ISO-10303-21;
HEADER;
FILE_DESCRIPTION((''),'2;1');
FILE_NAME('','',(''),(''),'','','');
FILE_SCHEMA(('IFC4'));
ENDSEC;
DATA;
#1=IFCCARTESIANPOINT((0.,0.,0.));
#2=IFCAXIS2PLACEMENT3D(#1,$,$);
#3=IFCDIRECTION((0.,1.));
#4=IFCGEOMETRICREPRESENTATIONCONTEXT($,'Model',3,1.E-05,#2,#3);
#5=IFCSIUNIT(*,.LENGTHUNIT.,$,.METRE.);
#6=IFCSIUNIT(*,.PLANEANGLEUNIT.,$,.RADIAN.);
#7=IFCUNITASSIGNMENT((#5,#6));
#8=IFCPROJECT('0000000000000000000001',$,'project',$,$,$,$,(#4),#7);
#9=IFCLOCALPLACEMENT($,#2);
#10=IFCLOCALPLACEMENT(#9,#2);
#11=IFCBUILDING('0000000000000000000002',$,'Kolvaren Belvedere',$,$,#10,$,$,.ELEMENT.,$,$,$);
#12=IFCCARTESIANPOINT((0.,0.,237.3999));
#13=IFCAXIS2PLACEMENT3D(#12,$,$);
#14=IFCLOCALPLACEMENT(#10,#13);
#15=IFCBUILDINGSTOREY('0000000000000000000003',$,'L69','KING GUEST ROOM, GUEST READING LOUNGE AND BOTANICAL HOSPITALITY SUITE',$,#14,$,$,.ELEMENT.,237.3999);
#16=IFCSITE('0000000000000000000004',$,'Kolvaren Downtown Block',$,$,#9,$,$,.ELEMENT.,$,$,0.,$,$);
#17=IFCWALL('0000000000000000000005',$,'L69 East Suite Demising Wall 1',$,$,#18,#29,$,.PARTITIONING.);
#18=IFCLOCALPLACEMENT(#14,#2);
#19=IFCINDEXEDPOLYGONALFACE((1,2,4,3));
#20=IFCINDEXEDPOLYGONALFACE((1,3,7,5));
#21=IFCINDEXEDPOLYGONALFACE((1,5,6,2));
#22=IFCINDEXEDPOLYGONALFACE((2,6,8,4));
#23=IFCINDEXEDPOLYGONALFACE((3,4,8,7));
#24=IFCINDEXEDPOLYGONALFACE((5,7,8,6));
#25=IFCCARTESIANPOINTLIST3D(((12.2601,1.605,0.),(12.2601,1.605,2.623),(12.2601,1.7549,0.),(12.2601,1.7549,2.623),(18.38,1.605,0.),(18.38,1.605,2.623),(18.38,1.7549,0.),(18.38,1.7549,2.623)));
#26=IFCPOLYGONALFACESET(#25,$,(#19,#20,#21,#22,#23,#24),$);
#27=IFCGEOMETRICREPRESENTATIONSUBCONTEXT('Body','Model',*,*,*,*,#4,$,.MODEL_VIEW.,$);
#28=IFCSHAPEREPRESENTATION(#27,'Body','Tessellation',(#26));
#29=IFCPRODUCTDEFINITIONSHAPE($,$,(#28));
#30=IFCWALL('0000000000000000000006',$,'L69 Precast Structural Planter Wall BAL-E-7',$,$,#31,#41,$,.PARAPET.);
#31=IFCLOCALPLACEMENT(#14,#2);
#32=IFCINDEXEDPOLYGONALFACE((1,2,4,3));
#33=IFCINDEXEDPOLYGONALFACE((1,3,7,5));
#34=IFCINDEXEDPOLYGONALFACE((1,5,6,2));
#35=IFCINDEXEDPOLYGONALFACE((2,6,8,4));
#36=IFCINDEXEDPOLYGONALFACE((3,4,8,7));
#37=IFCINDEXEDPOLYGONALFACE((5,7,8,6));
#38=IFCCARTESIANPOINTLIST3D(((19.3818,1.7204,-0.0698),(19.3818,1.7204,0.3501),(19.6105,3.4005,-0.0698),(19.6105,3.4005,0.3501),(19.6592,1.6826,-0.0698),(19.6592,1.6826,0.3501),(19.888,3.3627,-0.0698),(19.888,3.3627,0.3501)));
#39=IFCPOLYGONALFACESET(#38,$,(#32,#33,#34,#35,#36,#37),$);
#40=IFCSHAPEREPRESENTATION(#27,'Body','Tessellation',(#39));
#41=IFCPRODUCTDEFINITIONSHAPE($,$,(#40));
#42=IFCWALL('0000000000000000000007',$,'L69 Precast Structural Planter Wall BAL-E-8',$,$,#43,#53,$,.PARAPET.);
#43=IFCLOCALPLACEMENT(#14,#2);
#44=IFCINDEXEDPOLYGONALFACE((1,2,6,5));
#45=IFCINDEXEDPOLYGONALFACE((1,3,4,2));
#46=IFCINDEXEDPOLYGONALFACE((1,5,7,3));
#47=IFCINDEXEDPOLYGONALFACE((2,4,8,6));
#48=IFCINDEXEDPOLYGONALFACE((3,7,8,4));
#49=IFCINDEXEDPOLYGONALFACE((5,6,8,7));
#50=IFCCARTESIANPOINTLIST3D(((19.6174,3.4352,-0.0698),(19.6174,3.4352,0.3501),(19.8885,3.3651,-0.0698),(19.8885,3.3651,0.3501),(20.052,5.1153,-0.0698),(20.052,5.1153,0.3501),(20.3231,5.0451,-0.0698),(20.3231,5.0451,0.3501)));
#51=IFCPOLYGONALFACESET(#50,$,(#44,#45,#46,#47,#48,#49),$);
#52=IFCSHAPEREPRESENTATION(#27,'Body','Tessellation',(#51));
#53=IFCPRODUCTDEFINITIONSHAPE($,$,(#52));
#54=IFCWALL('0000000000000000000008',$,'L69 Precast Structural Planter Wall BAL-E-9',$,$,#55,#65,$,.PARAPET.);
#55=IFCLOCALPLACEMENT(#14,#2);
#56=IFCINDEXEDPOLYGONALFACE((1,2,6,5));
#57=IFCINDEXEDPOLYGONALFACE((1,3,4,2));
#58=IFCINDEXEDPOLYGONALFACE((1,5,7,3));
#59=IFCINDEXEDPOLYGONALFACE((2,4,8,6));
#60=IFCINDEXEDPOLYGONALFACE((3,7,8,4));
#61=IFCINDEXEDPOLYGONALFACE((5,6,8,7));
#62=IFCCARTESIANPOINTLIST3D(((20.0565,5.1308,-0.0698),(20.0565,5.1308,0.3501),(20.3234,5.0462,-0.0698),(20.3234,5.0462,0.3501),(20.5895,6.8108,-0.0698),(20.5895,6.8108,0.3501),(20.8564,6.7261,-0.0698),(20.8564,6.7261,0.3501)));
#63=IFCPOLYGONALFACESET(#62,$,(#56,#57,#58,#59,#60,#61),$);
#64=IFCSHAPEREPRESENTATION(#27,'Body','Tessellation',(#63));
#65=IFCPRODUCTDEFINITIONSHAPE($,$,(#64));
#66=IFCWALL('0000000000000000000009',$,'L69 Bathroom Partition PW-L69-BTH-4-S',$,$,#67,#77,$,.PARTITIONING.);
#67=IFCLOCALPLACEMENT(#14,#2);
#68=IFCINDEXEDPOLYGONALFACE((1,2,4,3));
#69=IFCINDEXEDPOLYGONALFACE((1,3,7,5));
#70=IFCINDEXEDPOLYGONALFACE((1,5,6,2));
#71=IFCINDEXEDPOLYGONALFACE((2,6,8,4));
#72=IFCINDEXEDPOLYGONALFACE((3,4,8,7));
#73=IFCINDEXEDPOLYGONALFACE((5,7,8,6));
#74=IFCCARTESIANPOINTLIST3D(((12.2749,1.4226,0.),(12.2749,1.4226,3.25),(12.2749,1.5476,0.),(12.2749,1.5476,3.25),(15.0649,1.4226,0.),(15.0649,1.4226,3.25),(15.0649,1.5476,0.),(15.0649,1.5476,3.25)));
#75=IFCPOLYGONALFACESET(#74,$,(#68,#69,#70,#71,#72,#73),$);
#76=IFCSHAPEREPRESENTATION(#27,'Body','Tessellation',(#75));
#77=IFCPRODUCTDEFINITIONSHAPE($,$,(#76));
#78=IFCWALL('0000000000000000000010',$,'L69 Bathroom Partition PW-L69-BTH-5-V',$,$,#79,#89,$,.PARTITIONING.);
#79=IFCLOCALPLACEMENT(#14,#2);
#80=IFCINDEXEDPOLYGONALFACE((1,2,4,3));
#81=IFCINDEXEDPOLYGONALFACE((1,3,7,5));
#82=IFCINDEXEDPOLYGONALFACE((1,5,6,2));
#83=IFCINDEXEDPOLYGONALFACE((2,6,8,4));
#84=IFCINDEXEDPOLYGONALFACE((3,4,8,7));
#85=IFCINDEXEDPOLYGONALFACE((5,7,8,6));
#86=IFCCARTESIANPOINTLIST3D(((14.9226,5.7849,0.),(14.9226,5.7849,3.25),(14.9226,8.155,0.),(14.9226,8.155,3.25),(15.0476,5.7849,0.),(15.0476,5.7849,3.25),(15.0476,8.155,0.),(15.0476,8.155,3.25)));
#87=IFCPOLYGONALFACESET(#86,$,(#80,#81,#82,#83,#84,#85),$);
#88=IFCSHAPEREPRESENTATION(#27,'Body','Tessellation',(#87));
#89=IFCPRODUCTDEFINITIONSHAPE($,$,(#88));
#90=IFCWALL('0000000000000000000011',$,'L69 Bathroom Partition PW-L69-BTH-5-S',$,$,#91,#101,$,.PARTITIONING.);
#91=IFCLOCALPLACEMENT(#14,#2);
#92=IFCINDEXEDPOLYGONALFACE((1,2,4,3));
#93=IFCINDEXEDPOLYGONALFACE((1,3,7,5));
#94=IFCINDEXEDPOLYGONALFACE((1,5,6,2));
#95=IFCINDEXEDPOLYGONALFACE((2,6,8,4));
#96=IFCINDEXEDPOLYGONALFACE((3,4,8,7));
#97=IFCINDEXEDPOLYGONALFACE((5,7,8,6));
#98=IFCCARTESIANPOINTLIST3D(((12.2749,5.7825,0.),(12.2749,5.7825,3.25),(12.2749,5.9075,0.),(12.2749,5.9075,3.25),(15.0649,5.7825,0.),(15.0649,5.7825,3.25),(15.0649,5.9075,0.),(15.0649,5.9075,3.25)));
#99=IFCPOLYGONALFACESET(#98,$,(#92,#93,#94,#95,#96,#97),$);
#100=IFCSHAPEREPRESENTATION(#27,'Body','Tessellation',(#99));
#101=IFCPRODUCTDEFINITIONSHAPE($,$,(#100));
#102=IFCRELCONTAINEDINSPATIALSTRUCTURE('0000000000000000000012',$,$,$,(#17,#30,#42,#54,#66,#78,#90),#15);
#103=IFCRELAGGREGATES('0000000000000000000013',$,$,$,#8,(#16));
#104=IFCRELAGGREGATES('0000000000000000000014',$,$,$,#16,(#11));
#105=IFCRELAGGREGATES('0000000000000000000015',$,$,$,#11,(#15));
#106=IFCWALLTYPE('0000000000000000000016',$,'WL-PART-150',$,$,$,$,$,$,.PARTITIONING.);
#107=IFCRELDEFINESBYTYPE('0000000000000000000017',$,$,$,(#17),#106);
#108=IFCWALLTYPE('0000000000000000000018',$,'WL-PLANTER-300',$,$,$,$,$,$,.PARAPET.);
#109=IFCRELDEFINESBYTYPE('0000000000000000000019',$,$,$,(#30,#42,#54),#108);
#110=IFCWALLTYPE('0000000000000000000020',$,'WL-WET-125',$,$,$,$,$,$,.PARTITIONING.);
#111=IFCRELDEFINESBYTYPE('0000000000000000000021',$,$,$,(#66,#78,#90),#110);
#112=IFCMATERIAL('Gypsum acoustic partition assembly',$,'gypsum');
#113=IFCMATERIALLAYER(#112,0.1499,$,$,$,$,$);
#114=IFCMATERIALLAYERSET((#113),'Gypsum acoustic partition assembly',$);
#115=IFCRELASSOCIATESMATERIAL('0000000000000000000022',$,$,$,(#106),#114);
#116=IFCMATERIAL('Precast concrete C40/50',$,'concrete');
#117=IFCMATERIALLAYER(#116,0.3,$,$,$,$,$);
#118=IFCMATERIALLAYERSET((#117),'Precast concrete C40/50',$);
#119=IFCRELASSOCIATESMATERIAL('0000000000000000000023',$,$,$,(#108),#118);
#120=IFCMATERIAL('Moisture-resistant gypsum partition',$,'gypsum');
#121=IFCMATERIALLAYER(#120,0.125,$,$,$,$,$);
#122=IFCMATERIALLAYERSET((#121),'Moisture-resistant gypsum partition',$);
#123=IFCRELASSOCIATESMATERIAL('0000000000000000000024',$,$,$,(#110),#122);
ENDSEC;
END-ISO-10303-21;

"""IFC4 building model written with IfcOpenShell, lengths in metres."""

from ifc_helpers import new_model, si_unit, direction, frame, frame_2d, origin, place, context, subcontext, project, spatial, rectangle, extrude, material, layer, layer_set, type_object, element, save


model = new_model("IFC4")

# Units and contexts
model_context = context("Model", 3, precision=1e-05, world=origin(), true_north=direction((0.0, 1.0)))
body_context = subcontext(model_context, "Body", "Model", "MODEL_VIEW")
ifc_project = project(units=[si_unit("LENGTHUNIT", "METRE"), si_unit("PLANEANGLEUNIT", "RADIAN")], contexts=[model_context])

# Site, building, storey
site_placement = place(None, origin())
site = spatial("IfcSite", under=ifc_project, at=site_placement, Name="Kolvaren Downtown Block", CompositionType="ELEMENT", RefElevation=0.0)
building_placement = place(site_placement, origin())
building = spatial("IfcBuilding", under=site, at=building_placement, Name="Kolvaren Belvedere", CompositionType="ELEMENT")
storey_placement = place(building_placement, frame((0.0, 0.0, 237.3999)))
storey = spatial("IfcBuildingStorey", under=building, at=storey_placement, Name="L69", Description="KING GUEST ROOM, GUEST READING LOUNGE AND BOTANICAL HOSPITALITY SUITE", CompositionType="ELEMENT", Elevation=237.3999)

# Walls
ifc_material_1 = material(Name="Gypsum acoustic partition assembly", Category="gypsum")
ifc_layer_1 = layer(ifc_material_1, 0.1499)
ifc_layer_set_1 = layer_set([ifc_layer_1], Name="Gypsum acoustic partition assembly")
wall_type_1 = type_object("IfcWallType", Name="WL-PART-150", PredefinedType="PARTITIONING", material=ifc_layer_set_1)
wall_1_placement = place(storey_placement, frame((12.26, 1.6799, 0.0), z_axis=(0.0, 0.0, 1.0), x_axis=(1.0, 0.0, 0.0)))
element("IfcWall", 1, at=wall_1_placement, inside=storey, type_object=wall_type_1, Name="L69 East Suite Demising Wall 1", PredefinedType="PARTITIONING", context=body_context, shape_type="SweptSolid", body=[
    extrude(rectangle(XDim=6.1199, YDim=0.1499, at=frame_2d((3.0601, 0.0))), origin(), (0.0, 0.0, 1.0), 2.623),
])
ifc_material_2 = material(Name="Precast concrete C40/50", Category="concrete")
ifc_layer_2 = layer(ifc_material_2, 0.3)
ifc_layer_set_2 = layer_set([ifc_layer_2], Name="Precast concrete C40/50")
wall_type_2 = type_object("IfcWallType", Name="WL-PLANTER-300", PredefinedType="PARAPET", material=ifc_layer_set_2)
wall_2_placement = place(storey_placement, frame((19.5205, 1.7017, -0.0698), z_axis=(0.0, 0.0, 1.0), x_axis=(0.134927, 0.990856, 0.0)))
element("IfcWall", 2, at=wall_2_placement, inside=storey, type_object=wall_type_2, Name="L69 Precast Structural Planter Wall BAL-E-7", PredefinedType="PARAPET", context=body_context, shape_type="SweptSolid", body=[
    extrude(rectangle(XDim=1.6956, YDim=0.28, at=frame_2d((0.8477, 0.0))), origin(), (0.0, 0.0, 1.0), 0.4199),
])
wall_3_placement = place(storey_placement, frame((19.7529, 3.4001, -0.0698), z_axis=(0.0, 0.0, 1.0), x_axis=(0.25044, 0.968132, 0.0)))
element("IfcWall", 3, at=wall_3_placement, inside=storey, type_object=wall_type_2, Name="L69 Precast Structural Planter Wall BAL-E-8", PredefinedType="PARAPET", context=body_context, shape_type="SweptSolid", body=[
    extrude(rectangle(XDim=1.7354, YDim=0.28, at=frame_2d((0.8677, 0.0))), origin(), (0.0, 0.0, 1.0), 0.4199),
])
wall_4_placement = place(storey_placement, frame((20.1899, 5.0884, -0.0698), z_axis=(0.0, 0.0, 1.0), x_axis=(0.302397, 0.953182, 0.0)))
element("IfcWall", 4, at=wall_4_placement, inside=storey, type_object=wall_type_2, Name="L69 Precast Structural Planter Wall BAL-E-9", PredefinedType="PARAPET", context=body_context, shape_type="SweptSolid", body=[
    extrude(rectangle(XDim=1.7625, YDim=0.28, at=frame_2d((0.8813, 0.0))), origin(), (0.0, 0.0, 1.0), 0.4199),
])
ifc_material_3 = material(Name="Moisture-resistant gypsum partition", Category="gypsum")
ifc_layer_3 = layer(ifc_material_3, 0.125)
ifc_layer_set_3 = layer_set([ifc_layer_3], Name="Moisture-resistant gypsum partition")
wall_type_3 = type_object("IfcWallType", Name="WL-WET-125", PredefinedType="PARTITIONING", material=ifc_layer_set_3)
wall_5_placement = place(storey_placement, frame((12.2749, 1.4851, 0.0), z_axis=(0.0, 0.0, 1.0), x_axis=(1.0, 0.0, 0.0)))
element("IfcWall", 5, at=wall_5_placement, inside=storey, type_object=wall_type_3, Name="L69 Bathroom Partition PW-L69-BTH-4-S", PredefinedType="PARTITIONING", context=body_context, shape_type="SweptSolid", body=[
    extrude(rectangle(XDim=2.79, YDim=0.125, at=frame_2d((1.395, 0.0))), origin(), (0.0, 0.0, 1.0), 3.25),
])
wall_6_placement = place(storey_placement, frame((14.9851, 5.7849, 0.0), z_axis=(0.0, 0.0, 1.0), x_axis=(0.0, 1.0, 0.0)))
element("IfcWall", 6, at=wall_6_placement, inside=storey, type_object=wall_type_3, Name="L69 Bathroom Partition PW-L69-BTH-5-V", PredefinedType="PARTITIONING", context=body_context, shape_type="SweptSolid", body=[
    extrude(rectangle(XDim=2.3701, YDim=0.125, at=frame_2d((1.1851, 0.0))), origin(), (0.0, 0.0, 1.0), 3.25),
])
wall_7_placement = place(storey_placement, frame((12.2749, 5.845, 0.0), z_axis=(0.0, 0.0, 1.0), x_axis=(1.0, 0.0, 0.0)))
element("IfcWall", 7, at=wall_7_placement, inside=storey, type_object=wall_type_3, Name="L69 Bathroom Partition PW-L69-BTH-5-S", PredefinedType="PARTITIONING", context=body_context, shape_type="SweptSolid", body=[
    extrude(rectangle(XDim=2.79, YDim=0.125, at=frame_2d((1.395, 0.0))), origin(), (0.0, 0.0, 1.0), 3.25),
])

save(model, "model.ifc")
